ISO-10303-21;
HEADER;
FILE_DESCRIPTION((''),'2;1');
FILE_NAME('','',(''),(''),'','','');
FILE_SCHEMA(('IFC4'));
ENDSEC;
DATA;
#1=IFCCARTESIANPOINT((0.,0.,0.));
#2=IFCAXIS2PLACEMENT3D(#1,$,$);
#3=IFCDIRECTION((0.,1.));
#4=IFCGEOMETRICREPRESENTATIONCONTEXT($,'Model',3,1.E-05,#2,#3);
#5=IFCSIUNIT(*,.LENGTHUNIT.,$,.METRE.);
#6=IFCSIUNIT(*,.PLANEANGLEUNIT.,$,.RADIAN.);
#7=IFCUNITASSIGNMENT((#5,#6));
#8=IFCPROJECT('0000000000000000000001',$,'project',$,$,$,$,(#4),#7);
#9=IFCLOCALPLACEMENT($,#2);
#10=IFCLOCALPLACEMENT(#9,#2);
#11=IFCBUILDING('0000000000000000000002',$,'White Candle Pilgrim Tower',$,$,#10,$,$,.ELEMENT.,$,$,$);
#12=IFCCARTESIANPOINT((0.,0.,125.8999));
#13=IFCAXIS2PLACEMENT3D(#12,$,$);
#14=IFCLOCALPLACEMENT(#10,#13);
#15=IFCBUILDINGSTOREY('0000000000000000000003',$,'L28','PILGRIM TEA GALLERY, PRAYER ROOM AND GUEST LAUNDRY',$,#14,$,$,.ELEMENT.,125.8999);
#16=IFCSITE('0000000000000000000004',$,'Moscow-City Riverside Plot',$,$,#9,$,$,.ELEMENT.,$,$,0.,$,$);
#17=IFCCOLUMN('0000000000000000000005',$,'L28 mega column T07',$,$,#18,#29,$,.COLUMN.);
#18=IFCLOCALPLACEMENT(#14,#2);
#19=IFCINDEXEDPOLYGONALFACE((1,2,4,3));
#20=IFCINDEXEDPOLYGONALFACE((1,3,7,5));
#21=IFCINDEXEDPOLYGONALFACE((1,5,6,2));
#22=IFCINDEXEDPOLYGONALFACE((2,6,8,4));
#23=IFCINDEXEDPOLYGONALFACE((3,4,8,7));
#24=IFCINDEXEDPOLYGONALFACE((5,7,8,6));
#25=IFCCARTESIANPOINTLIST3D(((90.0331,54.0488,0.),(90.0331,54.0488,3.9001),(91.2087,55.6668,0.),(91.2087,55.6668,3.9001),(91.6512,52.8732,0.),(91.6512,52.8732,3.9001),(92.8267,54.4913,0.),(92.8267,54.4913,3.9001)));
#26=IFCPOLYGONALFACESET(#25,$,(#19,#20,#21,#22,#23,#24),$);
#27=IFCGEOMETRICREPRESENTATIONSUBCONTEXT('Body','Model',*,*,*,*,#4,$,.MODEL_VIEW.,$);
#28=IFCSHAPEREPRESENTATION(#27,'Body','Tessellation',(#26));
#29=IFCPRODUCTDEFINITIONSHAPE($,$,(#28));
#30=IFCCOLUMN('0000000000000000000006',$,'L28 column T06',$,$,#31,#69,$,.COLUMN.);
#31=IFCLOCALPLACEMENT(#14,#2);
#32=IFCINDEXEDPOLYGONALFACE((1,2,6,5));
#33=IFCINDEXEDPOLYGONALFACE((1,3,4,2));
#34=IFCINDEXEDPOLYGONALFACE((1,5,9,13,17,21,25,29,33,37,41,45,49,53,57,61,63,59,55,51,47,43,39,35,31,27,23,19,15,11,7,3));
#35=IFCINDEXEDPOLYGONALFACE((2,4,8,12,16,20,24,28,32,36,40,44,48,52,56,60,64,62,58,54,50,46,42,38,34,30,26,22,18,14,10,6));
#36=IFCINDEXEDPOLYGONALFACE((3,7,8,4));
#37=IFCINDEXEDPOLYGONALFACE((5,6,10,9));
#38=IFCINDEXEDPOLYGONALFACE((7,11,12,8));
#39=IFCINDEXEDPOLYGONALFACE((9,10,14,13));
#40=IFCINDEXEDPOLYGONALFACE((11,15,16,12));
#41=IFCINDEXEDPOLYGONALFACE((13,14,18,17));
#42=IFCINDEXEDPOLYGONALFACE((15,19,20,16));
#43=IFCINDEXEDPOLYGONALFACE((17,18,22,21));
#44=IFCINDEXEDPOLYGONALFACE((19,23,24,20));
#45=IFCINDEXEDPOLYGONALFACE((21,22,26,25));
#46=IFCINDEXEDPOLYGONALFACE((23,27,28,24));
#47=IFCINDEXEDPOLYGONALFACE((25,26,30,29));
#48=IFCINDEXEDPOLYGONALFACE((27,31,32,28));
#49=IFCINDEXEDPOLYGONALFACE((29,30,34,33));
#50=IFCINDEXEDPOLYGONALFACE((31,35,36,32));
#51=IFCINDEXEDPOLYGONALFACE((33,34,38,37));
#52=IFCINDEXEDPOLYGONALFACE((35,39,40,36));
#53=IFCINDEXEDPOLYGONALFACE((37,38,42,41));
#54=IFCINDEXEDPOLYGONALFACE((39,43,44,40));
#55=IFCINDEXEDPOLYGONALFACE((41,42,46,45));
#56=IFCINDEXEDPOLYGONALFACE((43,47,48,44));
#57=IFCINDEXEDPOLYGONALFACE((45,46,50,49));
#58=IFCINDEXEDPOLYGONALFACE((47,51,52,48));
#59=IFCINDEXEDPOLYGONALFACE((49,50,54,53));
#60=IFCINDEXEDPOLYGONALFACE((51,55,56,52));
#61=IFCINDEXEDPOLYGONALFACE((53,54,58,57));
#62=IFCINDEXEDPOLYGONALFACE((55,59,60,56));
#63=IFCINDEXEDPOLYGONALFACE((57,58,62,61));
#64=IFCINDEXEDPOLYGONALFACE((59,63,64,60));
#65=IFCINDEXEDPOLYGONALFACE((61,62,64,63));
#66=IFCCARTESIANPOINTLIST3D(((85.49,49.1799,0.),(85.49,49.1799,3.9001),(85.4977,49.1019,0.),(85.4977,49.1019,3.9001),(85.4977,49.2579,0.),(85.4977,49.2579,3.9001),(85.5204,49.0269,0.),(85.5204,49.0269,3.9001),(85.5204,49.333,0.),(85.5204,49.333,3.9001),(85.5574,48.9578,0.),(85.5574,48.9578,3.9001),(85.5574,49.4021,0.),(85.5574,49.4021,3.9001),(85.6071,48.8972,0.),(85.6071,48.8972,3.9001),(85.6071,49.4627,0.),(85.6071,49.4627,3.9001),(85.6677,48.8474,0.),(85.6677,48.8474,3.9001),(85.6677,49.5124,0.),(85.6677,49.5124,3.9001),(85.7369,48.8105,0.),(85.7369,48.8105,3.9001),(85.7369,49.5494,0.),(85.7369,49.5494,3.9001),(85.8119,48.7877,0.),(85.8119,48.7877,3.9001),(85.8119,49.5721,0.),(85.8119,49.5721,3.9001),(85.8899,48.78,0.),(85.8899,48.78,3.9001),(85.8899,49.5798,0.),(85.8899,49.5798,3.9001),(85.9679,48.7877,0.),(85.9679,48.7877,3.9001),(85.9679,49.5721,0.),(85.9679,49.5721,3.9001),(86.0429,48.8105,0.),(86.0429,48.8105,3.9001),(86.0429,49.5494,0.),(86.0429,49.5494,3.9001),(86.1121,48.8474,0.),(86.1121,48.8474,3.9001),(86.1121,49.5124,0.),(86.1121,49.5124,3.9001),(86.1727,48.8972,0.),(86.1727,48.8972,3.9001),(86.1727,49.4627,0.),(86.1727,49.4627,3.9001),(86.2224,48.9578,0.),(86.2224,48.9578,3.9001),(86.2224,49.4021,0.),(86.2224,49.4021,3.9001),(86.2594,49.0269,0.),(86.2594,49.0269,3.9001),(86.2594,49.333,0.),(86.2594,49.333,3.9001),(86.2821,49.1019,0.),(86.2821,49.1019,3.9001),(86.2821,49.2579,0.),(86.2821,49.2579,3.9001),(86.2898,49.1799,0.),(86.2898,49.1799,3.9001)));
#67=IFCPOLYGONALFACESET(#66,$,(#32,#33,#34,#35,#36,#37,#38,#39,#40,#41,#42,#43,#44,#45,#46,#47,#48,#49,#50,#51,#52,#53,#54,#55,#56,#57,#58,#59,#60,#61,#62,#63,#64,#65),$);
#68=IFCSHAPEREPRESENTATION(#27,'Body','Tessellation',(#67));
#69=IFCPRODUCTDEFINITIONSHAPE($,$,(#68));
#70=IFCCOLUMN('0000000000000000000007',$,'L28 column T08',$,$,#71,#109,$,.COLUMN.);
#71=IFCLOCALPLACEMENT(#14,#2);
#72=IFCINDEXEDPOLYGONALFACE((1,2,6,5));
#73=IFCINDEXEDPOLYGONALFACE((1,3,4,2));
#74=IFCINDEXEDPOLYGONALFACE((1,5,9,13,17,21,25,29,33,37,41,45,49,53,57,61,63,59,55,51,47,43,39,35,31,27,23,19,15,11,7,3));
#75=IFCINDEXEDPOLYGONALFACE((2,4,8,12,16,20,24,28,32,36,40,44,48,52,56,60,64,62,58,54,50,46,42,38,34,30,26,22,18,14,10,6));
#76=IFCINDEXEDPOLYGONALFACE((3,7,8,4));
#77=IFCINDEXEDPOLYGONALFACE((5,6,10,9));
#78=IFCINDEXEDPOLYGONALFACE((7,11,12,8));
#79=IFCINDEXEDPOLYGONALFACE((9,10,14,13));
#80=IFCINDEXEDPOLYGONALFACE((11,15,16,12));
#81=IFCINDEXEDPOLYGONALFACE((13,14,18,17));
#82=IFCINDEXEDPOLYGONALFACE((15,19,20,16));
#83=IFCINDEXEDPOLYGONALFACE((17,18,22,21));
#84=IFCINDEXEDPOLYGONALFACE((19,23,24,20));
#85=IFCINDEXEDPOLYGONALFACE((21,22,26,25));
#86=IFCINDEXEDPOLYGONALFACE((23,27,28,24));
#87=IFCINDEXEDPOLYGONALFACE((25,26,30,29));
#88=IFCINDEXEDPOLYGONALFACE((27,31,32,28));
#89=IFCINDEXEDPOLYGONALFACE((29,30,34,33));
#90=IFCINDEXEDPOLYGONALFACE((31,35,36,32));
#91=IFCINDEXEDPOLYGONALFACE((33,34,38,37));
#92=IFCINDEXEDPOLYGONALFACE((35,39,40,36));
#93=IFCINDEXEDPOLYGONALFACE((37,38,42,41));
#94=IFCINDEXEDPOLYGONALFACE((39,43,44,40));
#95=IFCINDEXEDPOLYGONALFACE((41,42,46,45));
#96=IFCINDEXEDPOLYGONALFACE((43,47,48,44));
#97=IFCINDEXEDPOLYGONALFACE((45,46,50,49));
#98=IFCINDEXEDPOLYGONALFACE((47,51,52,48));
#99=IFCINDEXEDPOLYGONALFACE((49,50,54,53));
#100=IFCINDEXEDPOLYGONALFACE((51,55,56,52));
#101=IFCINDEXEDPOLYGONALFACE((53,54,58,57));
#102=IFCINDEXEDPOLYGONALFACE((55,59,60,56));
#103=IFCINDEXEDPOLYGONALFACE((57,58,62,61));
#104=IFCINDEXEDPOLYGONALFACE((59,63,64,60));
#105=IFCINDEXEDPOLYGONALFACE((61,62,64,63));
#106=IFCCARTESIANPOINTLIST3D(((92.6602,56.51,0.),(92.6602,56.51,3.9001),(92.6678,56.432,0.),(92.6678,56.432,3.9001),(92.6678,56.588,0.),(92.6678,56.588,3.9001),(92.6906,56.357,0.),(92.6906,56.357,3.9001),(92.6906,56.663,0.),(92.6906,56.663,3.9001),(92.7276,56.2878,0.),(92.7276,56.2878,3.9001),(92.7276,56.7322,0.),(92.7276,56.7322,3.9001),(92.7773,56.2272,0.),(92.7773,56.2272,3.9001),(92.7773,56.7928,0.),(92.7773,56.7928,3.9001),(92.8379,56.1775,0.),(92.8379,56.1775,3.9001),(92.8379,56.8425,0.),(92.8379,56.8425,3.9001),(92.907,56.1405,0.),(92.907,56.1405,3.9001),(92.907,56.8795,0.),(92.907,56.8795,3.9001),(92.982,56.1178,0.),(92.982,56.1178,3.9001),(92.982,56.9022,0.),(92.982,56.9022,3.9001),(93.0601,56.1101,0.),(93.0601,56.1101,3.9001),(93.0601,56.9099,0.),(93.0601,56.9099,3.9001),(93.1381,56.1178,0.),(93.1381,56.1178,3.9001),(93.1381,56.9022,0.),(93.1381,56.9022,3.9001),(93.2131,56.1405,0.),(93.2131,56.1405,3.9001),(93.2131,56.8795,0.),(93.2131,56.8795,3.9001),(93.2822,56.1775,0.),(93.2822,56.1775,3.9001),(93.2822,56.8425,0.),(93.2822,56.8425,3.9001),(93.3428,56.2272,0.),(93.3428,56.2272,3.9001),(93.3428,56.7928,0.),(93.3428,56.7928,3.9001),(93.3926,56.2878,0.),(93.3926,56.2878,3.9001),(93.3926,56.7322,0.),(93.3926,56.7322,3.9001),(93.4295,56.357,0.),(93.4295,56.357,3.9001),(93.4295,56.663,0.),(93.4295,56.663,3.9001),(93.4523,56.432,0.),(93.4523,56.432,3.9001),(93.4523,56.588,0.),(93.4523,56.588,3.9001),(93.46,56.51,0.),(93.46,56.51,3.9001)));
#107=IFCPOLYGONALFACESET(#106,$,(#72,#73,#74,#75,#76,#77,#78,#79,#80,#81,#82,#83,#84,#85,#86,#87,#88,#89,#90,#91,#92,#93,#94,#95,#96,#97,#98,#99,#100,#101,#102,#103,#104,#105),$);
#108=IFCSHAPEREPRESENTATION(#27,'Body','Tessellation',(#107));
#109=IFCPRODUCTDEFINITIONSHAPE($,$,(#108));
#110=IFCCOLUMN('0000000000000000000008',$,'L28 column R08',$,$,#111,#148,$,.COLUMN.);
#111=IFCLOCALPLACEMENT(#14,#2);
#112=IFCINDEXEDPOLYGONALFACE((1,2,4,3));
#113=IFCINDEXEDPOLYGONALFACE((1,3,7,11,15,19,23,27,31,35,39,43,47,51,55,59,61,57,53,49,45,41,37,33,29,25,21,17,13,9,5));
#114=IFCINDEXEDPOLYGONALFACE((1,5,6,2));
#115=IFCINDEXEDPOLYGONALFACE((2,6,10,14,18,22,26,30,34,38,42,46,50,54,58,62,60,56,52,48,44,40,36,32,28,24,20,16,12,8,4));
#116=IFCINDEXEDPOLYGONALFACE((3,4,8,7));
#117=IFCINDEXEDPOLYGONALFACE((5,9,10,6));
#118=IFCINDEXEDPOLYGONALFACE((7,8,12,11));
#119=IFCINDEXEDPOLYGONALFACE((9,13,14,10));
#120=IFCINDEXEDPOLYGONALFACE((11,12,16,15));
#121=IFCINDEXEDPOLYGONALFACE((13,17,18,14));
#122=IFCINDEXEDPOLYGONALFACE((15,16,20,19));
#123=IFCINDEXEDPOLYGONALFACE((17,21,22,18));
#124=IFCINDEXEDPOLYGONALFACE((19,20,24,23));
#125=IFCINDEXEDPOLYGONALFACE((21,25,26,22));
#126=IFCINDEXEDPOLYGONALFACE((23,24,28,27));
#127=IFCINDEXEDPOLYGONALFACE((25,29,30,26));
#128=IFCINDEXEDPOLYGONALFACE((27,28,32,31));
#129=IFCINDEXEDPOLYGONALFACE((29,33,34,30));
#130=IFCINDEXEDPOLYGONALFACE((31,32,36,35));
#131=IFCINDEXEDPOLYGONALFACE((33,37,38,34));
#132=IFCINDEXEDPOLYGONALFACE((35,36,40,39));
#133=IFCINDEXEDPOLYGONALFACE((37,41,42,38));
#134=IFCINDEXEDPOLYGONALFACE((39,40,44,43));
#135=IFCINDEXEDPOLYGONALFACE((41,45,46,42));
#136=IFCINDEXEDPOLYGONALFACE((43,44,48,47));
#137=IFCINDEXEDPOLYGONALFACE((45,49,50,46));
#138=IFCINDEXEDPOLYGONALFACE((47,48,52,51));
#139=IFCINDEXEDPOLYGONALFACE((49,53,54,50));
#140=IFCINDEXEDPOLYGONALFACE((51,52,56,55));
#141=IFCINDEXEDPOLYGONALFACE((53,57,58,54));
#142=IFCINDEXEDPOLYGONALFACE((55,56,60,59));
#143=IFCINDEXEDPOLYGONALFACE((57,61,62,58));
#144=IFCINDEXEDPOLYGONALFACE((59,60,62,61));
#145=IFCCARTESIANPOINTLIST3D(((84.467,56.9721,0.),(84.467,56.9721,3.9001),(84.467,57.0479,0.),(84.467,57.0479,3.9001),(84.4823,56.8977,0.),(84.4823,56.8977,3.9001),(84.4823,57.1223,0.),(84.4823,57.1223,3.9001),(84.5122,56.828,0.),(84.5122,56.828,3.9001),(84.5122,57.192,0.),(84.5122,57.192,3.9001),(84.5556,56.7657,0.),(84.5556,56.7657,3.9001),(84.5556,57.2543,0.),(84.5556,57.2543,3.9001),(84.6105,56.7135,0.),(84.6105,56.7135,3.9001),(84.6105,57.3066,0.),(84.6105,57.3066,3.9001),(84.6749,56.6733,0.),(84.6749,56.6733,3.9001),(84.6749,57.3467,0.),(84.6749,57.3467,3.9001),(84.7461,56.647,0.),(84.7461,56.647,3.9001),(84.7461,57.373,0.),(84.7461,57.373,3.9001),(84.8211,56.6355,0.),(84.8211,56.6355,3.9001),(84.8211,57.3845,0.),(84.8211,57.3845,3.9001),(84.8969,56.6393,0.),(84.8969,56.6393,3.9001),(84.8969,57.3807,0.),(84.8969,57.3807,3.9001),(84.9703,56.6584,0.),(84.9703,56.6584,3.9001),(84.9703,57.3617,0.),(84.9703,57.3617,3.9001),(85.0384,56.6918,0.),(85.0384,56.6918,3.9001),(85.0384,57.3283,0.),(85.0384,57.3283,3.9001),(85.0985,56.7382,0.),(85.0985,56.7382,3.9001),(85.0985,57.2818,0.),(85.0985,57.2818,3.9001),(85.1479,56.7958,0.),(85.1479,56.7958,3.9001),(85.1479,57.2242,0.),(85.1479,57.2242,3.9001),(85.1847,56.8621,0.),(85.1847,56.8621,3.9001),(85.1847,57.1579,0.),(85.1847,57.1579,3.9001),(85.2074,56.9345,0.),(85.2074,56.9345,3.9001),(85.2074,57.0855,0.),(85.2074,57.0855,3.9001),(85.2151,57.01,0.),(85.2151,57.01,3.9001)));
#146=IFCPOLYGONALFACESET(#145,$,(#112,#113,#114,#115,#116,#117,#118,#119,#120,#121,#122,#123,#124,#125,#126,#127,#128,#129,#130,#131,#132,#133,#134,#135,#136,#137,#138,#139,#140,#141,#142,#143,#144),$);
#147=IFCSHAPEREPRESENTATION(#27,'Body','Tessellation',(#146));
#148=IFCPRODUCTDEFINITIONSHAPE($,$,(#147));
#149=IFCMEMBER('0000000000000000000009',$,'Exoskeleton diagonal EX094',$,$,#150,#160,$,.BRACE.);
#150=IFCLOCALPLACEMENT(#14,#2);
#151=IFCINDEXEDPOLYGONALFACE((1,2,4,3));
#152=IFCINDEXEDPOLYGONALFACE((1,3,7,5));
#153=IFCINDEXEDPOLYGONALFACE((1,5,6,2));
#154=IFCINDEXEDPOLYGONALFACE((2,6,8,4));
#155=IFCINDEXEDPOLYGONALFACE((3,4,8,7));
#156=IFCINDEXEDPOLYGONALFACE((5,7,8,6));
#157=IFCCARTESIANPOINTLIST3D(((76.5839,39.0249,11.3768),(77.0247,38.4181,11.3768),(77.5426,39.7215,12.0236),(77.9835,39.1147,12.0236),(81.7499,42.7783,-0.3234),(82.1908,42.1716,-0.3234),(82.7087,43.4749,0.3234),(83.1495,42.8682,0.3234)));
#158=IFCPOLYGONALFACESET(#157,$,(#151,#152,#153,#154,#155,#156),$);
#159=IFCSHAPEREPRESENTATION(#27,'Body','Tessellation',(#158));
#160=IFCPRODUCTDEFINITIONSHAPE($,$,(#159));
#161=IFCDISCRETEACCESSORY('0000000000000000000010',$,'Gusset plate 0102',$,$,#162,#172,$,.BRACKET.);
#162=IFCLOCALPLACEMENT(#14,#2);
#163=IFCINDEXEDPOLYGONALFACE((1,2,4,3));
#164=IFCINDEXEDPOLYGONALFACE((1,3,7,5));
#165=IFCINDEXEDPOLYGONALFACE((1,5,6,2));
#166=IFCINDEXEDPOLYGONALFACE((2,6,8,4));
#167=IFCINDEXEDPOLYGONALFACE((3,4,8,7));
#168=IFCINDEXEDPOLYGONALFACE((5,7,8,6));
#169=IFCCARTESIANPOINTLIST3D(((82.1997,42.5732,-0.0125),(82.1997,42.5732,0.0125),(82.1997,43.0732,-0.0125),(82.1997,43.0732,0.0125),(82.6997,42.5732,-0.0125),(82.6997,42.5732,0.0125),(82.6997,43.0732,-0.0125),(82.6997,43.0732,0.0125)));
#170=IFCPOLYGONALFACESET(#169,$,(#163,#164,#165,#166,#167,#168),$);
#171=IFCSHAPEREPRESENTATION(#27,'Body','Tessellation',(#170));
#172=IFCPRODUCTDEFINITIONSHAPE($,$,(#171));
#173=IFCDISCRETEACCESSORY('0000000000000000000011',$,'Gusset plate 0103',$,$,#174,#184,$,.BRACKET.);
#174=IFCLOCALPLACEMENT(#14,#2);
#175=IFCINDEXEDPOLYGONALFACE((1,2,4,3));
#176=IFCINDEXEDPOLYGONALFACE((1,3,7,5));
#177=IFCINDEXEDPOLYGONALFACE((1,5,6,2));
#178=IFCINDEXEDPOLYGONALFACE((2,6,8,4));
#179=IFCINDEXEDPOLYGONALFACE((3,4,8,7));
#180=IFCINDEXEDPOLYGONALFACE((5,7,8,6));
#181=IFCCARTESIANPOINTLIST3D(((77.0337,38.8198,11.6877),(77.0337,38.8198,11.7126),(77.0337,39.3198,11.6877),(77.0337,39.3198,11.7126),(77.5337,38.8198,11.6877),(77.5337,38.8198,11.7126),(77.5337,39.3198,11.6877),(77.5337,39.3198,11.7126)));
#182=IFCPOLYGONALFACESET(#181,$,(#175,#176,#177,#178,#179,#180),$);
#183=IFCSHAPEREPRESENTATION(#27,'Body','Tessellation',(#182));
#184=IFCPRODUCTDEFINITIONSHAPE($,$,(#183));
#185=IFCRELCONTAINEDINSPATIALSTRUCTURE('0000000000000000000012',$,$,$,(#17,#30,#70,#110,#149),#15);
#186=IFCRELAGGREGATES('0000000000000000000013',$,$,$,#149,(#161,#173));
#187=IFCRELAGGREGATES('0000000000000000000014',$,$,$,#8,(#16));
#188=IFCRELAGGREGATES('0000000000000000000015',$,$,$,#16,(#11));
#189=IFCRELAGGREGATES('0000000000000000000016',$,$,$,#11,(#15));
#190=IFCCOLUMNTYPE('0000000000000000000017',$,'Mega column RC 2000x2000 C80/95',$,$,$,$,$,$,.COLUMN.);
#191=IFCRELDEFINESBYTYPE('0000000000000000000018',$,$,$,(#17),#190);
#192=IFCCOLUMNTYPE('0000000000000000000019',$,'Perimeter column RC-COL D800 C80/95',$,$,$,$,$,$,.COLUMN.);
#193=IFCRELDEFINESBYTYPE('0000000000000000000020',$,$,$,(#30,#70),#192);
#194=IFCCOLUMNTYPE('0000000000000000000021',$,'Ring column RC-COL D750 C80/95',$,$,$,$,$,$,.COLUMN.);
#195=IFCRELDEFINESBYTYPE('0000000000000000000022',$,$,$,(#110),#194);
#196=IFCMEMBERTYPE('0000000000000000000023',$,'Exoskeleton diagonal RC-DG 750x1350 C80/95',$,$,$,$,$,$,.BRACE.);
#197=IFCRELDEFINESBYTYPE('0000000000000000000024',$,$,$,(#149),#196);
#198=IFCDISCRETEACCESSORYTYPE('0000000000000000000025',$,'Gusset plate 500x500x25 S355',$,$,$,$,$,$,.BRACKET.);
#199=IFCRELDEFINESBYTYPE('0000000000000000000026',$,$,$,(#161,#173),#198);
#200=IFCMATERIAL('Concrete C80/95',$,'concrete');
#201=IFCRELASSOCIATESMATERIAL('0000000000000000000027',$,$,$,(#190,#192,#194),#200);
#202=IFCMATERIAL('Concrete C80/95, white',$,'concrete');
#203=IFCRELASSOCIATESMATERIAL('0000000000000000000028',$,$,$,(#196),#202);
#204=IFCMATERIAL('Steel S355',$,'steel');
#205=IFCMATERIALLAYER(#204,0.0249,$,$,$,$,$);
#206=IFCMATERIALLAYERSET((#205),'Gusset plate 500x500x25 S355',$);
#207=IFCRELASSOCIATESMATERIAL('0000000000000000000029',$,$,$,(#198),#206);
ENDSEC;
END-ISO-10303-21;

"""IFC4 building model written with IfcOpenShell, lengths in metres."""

from ifc_helpers import new_model, si_unit, direction, frame, origin, origin_2d, place, context, subcontext, project, spatial, rectangle, circle, extrude, material, layer, layer_set, material_profile, profile_set, type_object, element, aggregate, save


model = new_model("IFC4")

# Units and contexts
model_context = context("Model", 3, precision=1e-05, world=origin(), true_north=direction((0.0, 1.0)))
body_context = subcontext(model_context, "Body", "Model", "MODEL_VIEW")
ifc_project = project(units=[si_unit("LENGTHUNIT", "METRE"), si_unit("PLANEANGLEUNIT", "RADIAN")], contexts=[model_context])

# Site, building, storey
site_placement = place(None, origin())
site = spatial("IfcSite", under=ifc_project, at=site_placement, Name="Moscow-City Riverside Plot", CompositionType="ELEMENT", RefElevation=0.0)
building_placement = place(site_placement, origin())
building = spatial("IfcBuilding", under=site, at=building_placement, Name="White Candle Pilgrim Tower", CompositionType="ELEMENT")
storey_placement = place(building_placement, frame((0.0, 0.0, 125.8999)))
storey = spatial("IfcBuildingStorey", under=building, at=storey_placement, Name="L28", Description="PILGRIM TEA GALLERY, PRAYER ROOM AND GUEST LAUNDRY", CompositionType="ELEMENT", Elevation=125.8999)

# Columns
ifc_material_1 = material(Name="Concrete C80/95", Category="concrete")
ifc_material_profile_1 = material_profile(ifc_material_1, rectangle(XDim=2.0, YDim=2.0, at=origin_2d()), Name="RC 2000x2000")
ifc_profile_set_1 = profile_set([ifc_material_profile_1], Name="Concrete C80/95")
column_type_1 = type_object("IfcColumnType", Name="Mega column RC 2000x2000 C80/95", PredefinedType="COLUMN", material=ifc_profile_set_1)
column_1_placement = place(storey_placement, frame((91.4299, 54.27, 0.0), z_axis=(0.0, 0.0, 1.0), x_axis=(0.809017, -0.587785, 0.0)))
element("IfcColumn", 1, at=column_1_placement, inside=storey, type_object=column_type_1, Name="L28 mega column T07", PredefinedType="COLUMN", context=body_context, shape_type="SweptSolid", body=[
    extrude(rectangle(XDim=2.0, YDim=2.0, at=origin_2d()), origin(), (0.0, 0.0, 1.0), 3.9001),
])
ifc_material_profile_2 = material_profile(ifc_material_1, circle(Radius=0.3999, at=origin_2d()), Name="RC-COL D800")
ifc_profile_set_2 = profile_set([ifc_material_profile_2], Name="Concrete C80/95")
column_type_2 = type_object("IfcColumnType", Name="Perimeter column RC-COL D800 C80/95", PredefinedType="COLUMN", material=ifc_profile_set_2)
for number, where, z_axis, x_axis, name in (
    (2, (85.8899, 49.1799, 0.0), (0.0, 0.0, 1.0), (1.0, 0.0, 0.0), "L28 column T06"),
    (3, (93.0601, 56.51, 0.0), (0.0, 0.0, 1.0), (1.0, 0.0, 0.0), "L28 column T08"),
):
    element("IfcColumn", number, at=place(storey_placement, frame(where, z_axis=z_axis, x_axis=x_axis)), inside=storey, type_object=column_type_2, Name=name, PredefinedType="COLUMN", context=body_context, shape_type="SweptSolid", body=[
        extrude(circle(Radius=0.3999, at=origin_2d()), origin(), (0.0, 0.0, 1.0), 3.9001),
    ])
ifc_material_profile_3 = material_profile(ifc_material_1, circle(Radius=0.375, at=origin_2d()), Name="RC-COL D750")
ifc_profile_set_3 = profile_set([ifc_material_profile_3], Name="Concrete C80/95")
column_type_3 = type_object("IfcColumnType", Name="Ring column RC-COL D750 C80/95", PredefinedType="COLUMN", material=ifc_profile_set_3)
column_2_placement = place(storey_placement, frame((84.8401, 57.01, 0.0), z_axis=(0.0, 0.0, 1.0), x_axis=(1.0, 0.0, 0.0)))
element("IfcColumn", 4, at=column_2_placement, inside=storey, type_object=column_type_3, Name="L28 column R08", PredefinedType="COLUMN", context=body_context, shape_type="SweptSolid", body=[
    extrude(circle(Radius=0.375, at=origin_2d()), origin(), (0.0, 0.0, 1.0), 3.9001),
])

# Member
ifc_material_2 = material(Name="Concrete C80/95, white", Category="concrete")
ifc_material_profile_4 = material_profile(ifc_material_2, rectangle(XDim=0.75, YDim=1.3501, at=origin_2d()), Name="RC-DG 750x1350")
ifc_profile_set_4 = profile_set([ifc_material_profile_4], Name="Concrete C80/95, white")
member_type = type_object("IfcMemberType", Name="Exoskeleton diagonal RC-DG 750x1350 C80/95", PredefinedType="BRACE", material=ifc_profile_set_4)
member_1_placement = place(storey_placement, frame((82.4497, 42.8232, 0.0), z_axis=(-0.387568, -0.281591, 0.87778), x_axis=(0.587794, -0.80901, 0.0)))
member_1 = element("IfcMember", 5, at=member_1_placement, inside=storey, type_object=member_type, Name="Exoskeleton diagonal EX094", PredefinedType="BRACE", context=body_context, shape_type="SweptSolid", body=[
    extrude(rectangle(XDim=0.75, YDim=1.3501, at=origin_2d()), origin(), (0.0, 0.0, 1.0), 13.3293),
])

# Discrete accessories
ifc_material_3 = material(Name="Steel S355", Category="steel")
ifc_layer_1 = layer(ifc_material_3, 0.0249)
ifc_layer_set_1 = layer_set([ifc_layer_1], Name="Gusset plate 500x500x25 S355")
discrete_accessory_type = type_object("IfcDiscreteAccessoryType", Name="Gusset plate 500x500x25 S355", PredefinedType="BRACKET", material=ifc_layer_set_1)
discrete_accessory_1_placement = place(storey_placement, frame((82.4497, 42.8232, -0.0125), z_axis=(0.0, 0.0, 1.0), x_axis=(1.0, 0.0, 0.0)))
discrete_accessory_1 = element("IfcDiscreteAccessory", 6, at=discrete_accessory_1_placement, type_object=discrete_accessory_type, Name="Gusset plate 0102", PredefinedType="BRACKET", context=body_context, shape_type="SweptSolid", body=[
    extrude(rectangle(XDim=0.5, YDim=0.5, at=origin_2d()), origin(), (0.0, 0.0, 1.0), 0.0249),
])
placement = place(building_placement, frame((0.0, 0.0, 137.6001)))
discrete_accessory_2_placement = place(placement, frame((77.2837, 39.0698, -0.0125), z_axis=(0.0, 0.0, 1.0), x_axis=(1.0, 0.0, 0.0)))
discrete_accessory_2 = element("IfcDiscreteAccessory", 7, at=discrete_accessory_2_placement, type_object=discrete_accessory_type, Name="Gusset plate 0103", PredefinedType="BRACKET", context=body_context, shape_type="SweptSolid", body=[
    extrude(rectangle(XDim=0.5, YDim=0.5, at=origin_2d()), origin(), (0.0, 0.0, 1.0), 0.0249),
])
aggregate(member_1, [discrete_accessory_1, discrete_accessory_2])

save(model, "model.ifc")
